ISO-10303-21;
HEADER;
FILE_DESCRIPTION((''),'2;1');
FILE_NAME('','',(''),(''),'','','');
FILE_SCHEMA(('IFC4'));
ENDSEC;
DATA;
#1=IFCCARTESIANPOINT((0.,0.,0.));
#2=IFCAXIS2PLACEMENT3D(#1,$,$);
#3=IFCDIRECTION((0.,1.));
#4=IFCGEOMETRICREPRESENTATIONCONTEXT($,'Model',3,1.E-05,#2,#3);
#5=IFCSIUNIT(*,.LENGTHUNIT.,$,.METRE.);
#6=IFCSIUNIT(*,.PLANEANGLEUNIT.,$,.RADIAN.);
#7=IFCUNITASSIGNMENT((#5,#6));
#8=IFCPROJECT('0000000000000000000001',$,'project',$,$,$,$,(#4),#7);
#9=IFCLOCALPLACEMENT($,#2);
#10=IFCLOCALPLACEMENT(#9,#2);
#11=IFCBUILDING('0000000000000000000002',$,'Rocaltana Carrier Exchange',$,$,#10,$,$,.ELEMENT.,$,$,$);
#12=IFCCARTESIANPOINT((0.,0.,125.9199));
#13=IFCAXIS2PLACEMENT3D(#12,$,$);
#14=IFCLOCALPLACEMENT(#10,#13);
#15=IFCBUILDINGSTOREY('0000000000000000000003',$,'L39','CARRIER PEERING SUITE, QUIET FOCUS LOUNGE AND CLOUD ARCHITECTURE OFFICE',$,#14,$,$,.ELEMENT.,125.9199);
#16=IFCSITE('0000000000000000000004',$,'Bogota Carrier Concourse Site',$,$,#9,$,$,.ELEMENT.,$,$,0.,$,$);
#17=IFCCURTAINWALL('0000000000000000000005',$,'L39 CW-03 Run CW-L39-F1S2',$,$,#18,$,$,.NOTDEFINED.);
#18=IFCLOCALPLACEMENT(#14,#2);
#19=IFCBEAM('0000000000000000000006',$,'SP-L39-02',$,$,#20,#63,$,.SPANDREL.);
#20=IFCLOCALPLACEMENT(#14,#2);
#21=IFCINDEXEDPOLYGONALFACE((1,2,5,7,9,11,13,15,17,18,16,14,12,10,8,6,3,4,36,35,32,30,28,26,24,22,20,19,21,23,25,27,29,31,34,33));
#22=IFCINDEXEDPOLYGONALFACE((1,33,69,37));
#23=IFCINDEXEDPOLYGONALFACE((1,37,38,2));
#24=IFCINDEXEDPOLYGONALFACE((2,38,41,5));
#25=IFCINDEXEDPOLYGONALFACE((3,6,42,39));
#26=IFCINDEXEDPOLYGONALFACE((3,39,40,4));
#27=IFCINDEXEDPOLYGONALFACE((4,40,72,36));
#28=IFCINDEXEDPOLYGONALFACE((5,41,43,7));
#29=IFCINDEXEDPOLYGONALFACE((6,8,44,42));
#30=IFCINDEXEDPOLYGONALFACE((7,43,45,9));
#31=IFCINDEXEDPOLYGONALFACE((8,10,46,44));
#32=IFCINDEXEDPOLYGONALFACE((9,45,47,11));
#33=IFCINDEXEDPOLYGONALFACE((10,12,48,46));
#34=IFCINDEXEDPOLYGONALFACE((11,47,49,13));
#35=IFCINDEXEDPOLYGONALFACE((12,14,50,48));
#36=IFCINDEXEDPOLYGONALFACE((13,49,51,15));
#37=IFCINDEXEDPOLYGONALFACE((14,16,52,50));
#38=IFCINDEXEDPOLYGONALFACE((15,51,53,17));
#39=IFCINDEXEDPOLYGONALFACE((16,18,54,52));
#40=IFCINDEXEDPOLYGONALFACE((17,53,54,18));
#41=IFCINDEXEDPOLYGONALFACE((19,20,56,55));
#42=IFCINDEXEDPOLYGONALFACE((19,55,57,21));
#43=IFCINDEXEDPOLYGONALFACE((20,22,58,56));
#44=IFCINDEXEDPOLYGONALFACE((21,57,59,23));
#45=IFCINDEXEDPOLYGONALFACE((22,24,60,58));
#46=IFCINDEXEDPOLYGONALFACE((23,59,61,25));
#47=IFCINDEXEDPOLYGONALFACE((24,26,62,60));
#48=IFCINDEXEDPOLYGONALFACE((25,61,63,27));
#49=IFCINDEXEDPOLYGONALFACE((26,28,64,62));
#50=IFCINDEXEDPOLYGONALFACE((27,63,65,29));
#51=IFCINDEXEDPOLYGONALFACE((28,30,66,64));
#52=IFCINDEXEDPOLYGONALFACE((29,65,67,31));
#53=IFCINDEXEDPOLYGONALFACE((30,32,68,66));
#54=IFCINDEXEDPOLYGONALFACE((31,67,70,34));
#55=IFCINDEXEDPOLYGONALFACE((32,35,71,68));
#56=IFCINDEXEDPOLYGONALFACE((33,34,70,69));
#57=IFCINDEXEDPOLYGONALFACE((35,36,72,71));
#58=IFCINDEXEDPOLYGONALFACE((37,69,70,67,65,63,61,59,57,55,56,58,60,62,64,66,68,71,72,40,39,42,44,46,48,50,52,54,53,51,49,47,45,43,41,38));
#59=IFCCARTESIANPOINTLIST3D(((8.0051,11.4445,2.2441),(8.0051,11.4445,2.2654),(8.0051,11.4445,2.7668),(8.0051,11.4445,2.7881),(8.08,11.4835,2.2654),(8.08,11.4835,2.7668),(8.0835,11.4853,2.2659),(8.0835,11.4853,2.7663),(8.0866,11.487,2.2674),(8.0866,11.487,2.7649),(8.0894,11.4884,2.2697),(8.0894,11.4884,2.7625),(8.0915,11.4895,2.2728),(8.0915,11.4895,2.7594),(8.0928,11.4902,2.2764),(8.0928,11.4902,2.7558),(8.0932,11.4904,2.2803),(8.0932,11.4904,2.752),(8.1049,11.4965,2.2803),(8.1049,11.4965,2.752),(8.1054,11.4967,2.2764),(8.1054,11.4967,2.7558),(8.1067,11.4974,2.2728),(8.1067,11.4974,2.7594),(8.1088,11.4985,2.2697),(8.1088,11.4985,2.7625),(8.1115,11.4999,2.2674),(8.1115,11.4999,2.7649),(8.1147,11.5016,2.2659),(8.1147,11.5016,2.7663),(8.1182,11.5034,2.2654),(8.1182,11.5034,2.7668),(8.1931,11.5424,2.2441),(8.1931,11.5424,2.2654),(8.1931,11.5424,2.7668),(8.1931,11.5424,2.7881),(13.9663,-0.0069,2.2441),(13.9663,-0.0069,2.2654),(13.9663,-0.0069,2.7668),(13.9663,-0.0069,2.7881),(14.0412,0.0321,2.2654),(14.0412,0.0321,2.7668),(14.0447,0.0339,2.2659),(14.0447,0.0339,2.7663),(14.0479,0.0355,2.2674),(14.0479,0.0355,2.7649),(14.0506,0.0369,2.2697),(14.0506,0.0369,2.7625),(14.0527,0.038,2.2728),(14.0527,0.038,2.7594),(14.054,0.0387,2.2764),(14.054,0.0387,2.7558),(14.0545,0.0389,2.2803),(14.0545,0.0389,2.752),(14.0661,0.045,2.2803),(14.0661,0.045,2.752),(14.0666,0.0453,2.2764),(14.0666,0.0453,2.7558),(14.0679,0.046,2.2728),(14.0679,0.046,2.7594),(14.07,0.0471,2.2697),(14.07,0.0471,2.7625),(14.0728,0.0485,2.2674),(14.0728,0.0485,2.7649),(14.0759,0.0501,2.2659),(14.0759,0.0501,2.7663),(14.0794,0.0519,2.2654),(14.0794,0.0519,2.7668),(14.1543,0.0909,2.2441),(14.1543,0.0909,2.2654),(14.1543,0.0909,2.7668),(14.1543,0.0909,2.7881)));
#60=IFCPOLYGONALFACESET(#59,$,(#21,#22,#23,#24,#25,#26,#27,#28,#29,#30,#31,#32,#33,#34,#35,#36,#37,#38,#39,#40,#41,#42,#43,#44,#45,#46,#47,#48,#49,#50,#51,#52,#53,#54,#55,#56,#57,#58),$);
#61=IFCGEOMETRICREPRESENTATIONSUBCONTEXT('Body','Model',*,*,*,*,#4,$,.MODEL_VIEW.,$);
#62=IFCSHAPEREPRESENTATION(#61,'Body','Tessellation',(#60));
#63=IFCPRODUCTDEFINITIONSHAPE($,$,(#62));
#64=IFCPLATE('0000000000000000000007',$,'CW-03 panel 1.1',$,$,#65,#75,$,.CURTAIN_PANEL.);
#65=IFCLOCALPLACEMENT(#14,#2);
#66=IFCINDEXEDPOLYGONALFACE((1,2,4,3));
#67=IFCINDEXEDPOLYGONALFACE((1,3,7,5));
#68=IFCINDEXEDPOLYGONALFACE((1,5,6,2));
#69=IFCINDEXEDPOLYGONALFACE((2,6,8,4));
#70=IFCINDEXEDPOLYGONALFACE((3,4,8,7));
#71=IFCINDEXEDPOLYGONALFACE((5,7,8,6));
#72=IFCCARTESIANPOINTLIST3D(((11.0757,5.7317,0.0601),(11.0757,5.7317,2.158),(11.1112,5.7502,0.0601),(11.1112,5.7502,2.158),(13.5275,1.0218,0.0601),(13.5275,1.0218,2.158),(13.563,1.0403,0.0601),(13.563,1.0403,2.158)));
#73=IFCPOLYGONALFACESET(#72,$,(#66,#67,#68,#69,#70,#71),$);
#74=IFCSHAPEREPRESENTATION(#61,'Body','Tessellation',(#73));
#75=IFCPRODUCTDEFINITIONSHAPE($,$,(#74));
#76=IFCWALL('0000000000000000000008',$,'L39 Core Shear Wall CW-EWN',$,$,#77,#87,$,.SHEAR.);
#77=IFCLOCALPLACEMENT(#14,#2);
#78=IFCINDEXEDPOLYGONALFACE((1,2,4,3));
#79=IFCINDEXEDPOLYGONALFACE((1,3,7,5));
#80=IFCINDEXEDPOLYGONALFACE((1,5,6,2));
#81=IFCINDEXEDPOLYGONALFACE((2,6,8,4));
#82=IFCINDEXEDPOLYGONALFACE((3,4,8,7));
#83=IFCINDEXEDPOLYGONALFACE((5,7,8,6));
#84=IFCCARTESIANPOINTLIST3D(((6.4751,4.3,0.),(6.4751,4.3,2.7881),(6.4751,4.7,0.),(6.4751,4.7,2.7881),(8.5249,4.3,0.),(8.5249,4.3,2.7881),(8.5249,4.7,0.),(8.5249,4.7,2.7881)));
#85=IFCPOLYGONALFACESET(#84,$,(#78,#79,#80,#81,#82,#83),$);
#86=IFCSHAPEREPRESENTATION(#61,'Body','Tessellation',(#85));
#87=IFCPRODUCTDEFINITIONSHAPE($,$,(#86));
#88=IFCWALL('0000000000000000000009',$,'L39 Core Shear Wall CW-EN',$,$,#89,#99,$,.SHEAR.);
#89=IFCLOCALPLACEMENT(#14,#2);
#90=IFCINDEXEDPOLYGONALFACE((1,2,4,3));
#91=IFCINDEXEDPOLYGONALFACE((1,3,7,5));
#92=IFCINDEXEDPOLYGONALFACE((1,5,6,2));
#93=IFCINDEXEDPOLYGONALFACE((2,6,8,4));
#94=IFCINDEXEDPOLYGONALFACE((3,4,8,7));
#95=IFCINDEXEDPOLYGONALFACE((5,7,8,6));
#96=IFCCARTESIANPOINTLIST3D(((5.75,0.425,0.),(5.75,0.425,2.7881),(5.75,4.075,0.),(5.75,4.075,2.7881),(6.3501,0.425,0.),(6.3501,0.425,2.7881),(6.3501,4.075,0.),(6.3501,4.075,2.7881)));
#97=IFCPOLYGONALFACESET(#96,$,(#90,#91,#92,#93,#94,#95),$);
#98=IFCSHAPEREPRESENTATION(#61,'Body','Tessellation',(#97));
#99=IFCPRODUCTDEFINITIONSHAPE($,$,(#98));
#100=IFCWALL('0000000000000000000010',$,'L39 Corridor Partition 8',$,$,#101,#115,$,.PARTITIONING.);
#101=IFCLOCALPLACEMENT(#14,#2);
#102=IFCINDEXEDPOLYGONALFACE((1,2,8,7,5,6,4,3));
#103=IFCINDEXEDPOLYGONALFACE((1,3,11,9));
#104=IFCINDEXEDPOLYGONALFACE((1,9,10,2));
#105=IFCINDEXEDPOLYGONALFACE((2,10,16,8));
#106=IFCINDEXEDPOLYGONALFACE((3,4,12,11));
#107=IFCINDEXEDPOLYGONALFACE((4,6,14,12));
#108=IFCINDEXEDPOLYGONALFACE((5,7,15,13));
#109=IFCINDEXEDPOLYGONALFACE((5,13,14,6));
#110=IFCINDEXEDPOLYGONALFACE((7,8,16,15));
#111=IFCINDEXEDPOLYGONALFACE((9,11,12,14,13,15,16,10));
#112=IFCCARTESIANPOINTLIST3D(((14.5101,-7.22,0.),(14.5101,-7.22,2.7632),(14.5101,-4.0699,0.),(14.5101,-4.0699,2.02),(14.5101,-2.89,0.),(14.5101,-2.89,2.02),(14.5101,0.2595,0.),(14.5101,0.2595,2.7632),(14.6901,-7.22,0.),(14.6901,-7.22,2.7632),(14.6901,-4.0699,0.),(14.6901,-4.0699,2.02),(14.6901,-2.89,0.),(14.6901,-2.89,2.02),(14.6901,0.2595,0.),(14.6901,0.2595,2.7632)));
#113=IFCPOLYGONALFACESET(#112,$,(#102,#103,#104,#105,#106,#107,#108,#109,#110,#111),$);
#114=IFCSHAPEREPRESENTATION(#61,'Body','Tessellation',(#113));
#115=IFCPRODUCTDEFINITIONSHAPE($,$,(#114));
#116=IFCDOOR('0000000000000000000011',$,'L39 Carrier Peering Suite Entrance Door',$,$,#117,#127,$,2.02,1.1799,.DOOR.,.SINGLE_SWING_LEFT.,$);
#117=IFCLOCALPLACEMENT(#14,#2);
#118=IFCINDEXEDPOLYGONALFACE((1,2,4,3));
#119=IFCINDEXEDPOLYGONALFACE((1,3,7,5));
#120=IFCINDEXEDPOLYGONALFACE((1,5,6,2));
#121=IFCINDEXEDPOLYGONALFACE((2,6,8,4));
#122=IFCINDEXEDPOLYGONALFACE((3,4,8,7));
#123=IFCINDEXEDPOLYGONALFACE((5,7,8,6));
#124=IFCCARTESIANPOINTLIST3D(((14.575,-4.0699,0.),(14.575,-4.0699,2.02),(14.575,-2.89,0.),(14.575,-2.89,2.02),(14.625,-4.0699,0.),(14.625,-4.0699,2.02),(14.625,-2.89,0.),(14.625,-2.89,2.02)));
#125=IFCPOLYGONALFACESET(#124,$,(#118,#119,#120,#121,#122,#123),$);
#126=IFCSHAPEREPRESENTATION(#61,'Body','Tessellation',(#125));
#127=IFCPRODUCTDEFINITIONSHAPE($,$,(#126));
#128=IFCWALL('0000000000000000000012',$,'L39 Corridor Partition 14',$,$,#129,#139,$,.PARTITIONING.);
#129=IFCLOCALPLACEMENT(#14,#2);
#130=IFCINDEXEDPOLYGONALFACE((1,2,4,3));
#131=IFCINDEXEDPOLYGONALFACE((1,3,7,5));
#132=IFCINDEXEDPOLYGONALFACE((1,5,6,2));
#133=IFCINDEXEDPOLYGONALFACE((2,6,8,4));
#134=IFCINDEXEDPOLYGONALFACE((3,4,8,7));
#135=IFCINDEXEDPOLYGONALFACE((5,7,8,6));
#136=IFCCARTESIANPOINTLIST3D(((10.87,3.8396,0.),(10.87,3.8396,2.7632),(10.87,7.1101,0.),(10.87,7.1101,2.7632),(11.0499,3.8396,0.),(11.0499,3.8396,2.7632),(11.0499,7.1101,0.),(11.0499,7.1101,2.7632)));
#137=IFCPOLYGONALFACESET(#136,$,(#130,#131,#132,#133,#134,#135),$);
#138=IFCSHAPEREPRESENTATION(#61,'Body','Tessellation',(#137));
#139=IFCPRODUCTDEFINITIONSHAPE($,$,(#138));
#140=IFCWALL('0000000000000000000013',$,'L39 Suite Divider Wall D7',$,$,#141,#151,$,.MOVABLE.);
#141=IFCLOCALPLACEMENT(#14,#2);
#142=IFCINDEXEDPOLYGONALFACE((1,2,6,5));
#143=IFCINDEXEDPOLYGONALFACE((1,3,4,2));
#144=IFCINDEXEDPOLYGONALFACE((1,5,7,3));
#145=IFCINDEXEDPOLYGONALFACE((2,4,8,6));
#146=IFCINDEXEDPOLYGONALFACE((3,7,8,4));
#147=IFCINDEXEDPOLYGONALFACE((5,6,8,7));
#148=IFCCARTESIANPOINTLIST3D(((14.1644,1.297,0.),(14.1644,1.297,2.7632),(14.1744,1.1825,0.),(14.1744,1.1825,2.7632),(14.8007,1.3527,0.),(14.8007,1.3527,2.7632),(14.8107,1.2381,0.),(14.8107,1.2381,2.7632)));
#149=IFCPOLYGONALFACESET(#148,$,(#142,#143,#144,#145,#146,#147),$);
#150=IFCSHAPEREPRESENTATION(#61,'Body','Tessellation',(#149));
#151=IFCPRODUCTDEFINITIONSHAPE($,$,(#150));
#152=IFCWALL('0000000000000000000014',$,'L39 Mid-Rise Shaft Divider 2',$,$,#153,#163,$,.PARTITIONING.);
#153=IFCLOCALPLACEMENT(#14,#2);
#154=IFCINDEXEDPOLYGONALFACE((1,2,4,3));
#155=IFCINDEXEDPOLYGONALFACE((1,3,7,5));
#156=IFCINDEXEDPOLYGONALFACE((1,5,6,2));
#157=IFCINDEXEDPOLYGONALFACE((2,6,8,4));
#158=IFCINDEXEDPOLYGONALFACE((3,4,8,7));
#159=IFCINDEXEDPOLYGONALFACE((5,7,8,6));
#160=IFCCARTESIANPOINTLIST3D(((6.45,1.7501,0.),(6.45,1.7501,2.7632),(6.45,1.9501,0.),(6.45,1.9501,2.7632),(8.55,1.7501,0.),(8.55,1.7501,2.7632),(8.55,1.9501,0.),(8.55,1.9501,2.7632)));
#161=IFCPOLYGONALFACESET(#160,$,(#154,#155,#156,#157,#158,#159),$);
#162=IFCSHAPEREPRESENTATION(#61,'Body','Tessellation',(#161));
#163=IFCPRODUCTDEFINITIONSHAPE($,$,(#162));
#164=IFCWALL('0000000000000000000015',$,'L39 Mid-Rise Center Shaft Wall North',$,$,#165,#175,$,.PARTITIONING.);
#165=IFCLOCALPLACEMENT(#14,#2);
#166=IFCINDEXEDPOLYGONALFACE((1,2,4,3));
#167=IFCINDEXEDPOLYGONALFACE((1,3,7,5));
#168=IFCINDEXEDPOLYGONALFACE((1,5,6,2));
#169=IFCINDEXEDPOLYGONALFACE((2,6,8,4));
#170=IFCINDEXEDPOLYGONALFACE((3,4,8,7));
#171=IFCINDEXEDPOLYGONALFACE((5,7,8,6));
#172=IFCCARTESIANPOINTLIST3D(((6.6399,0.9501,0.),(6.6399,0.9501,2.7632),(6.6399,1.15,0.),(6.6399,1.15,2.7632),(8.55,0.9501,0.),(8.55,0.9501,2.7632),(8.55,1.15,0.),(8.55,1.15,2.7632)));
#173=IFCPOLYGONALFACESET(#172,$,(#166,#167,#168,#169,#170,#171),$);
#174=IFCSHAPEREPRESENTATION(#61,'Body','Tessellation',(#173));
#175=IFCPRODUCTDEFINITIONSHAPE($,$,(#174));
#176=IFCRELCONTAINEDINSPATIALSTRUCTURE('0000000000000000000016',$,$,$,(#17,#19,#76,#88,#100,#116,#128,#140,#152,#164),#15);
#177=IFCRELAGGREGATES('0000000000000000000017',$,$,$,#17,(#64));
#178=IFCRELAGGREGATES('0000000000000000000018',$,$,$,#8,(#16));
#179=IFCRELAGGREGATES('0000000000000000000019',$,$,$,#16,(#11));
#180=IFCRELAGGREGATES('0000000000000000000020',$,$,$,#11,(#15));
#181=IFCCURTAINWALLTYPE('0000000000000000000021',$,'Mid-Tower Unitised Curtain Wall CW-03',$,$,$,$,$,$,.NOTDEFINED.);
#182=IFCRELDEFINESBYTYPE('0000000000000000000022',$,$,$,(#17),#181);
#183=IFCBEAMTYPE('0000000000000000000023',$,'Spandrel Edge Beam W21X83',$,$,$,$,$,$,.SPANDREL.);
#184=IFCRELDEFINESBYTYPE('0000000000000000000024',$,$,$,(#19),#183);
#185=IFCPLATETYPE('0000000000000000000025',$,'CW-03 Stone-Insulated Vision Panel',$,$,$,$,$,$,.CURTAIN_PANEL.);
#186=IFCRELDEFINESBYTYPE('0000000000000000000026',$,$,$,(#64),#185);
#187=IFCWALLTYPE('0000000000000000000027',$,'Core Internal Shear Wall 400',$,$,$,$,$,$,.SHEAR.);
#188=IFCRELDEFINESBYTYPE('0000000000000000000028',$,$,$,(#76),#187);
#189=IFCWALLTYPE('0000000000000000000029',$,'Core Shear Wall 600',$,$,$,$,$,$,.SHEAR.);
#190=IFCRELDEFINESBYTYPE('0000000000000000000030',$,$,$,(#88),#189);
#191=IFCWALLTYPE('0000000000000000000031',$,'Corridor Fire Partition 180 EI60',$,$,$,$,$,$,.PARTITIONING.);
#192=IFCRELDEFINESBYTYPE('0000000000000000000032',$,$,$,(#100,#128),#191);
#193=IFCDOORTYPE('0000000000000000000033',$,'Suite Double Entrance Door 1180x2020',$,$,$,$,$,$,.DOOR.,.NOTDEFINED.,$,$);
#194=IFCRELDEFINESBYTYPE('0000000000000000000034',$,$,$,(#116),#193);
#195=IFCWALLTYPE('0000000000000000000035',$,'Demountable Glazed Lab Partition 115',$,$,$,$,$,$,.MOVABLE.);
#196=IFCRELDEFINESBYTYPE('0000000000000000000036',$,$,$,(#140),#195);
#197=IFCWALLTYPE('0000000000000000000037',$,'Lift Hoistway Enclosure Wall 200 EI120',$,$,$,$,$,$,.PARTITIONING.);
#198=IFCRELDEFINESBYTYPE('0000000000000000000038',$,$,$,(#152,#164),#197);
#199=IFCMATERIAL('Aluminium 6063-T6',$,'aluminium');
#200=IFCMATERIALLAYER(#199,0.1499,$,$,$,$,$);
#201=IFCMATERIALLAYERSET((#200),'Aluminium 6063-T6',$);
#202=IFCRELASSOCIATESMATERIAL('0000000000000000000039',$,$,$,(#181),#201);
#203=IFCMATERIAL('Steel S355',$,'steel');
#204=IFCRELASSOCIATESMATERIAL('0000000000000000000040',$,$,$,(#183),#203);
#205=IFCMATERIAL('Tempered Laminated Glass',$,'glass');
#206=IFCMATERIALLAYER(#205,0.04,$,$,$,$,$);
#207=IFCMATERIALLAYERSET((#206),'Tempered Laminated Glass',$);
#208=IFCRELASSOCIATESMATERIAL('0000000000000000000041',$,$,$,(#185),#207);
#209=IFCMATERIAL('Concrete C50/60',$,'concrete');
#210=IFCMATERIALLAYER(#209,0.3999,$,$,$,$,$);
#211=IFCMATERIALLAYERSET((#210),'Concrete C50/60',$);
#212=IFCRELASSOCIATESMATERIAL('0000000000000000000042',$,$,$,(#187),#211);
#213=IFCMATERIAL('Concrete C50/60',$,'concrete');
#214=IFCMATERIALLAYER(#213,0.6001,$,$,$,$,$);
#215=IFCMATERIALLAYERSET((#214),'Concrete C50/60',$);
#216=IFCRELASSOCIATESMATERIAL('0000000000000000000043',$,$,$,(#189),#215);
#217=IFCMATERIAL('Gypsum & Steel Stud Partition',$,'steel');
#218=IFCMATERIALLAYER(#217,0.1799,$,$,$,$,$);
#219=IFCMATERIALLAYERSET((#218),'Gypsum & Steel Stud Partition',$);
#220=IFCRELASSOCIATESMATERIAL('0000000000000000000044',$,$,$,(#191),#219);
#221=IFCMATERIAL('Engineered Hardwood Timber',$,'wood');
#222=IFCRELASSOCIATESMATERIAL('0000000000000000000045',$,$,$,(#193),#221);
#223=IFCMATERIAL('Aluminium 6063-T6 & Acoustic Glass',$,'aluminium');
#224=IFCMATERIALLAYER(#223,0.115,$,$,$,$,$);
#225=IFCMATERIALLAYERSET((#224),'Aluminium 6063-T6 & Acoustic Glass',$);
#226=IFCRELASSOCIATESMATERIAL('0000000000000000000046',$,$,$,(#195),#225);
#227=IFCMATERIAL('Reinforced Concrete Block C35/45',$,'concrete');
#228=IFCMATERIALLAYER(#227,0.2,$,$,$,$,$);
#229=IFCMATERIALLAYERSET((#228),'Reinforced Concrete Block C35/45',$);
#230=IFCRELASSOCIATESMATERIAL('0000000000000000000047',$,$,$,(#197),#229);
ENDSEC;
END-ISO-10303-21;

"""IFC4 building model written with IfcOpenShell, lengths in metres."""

from ifc_helpers import new_model, si_unit, direction, frame, frame_2d, origin, origin_2d, place, context, subcontext, project, spatial, rectangle, i_section, extrude, material, layer, layer_set, material_profile, profile_set, type_object, element, fill, aggregate, save


model = new_model("IFC4")

# Units and contexts
model_context = context("Model", 3, precision=1e-05, world=origin(), true_north=direction((0.0, 1.0)))
body_context = subcontext(model_context, "Body", "Model", "MODEL_VIEW")
ifc_project = project(units=[si_unit("LENGTHUNIT", "METRE"), si_unit("PLANEANGLEUNIT", "RADIAN")], contexts=[model_context])

# Site, building, storey
site_placement = place(None, origin())
site = spatial("IfcSite", under=ifc_project, at=site_placement, Name="Bogota Carrier Concourse Site", CompositionType="ELEMENT", RefElevation=0.0)
building_placement = place(site_placement, origin())
building = spatial("IfcBuilding", under=site, at=building_placement, Name="Rocaltana Carrier Exchange", CompositionType="ELEMENT")
storey_placement = place(building_placement, frame((0.0, 0.0, 125.9199)))
storey = spatial("IfcBuildingStorey", under=building, at=storey_placement, Name="L39", Description="CARRIER PEERING SUITE, QUIET FOCUS LOUNGE AND CLOUD ARCHITECTURE OFFICE", CompositionType="ELEMENT", Elevation=125.9199)

# Curtain wall
ifc_material_1 = material(Name="Aluminium 6063-T6", Category="aluminium")
ifc_layer_1 = layer(ifc_material_1, 0.1499)
ifc_layer_set_1 = layer_set([ifc_layer_1], Name="Aluminium 6063-T6")
curtain_wall_type = type_object("IfcCurtainWallType", Name="Mid-Tower Unitised Curtain Wall CW-03", PredefinedType="NOTDEFINED", material=ifc_layer_set_1)
curtain_wall_placement = place(storey_placement, origin())
curtain_wall = element("IfcCurtainWall", 1, at=curtain_wall_placement, inside=storey, type_object=curtain_wall_type, Name="L39 CW-03 Run CW-L39-F1S2", PredefinedType="NOTDEFINED")

# Beam
ifc_material_2 = material(Name="Steel S355", Category="steel")
ifc_material_profile_1 = material_profile(ifc_material_2, i_section(OverallWidth=0.2119, OverallDepth=0.5439, WebThickness=0.0132, FlangeThickness=0.0212, FilletRadius=0.0149, at=origin_2d()), Name="W21X83")
ifc_profile_set_1 = profile_set([ifc_material_profile_1], Name="Steel S355")
beam_type_1 = type_object("IfcBeamType", Name="Spandrel Edge Beam W21X83", PredefinedType="SPANDREL", material=ifc_profile_set_1)
beam_1_placement = place(storey_placement, frame((14.0603, 0.042, 2.5161), z_axis=(-0.461746, 0.887012, 0.0), x_axis=(-0.887012, -0.461746, 0.0)))
element("IfcBeam", 2, at=beam_1_placement, inside=storey, type_object=beam_type_1, Name="SP-L39-02", PredefinedType="SPANDREL", context=body_context, shape_type="SweptSolid", body=[
    extrude(i_section(OverallWidth=0.2119, OverallDepth=0.5439, WebThickness=0.0132, FlangeThickness=0.0212, FilletRadius=0.0149, at=origin_2d()), origin(), (0.0, 0.0, 1.0), 12.9102),
])

# Plate
ifc_material_3 = material(Name="Tempered Laminated Glass", Category="glass")
ifc_layer_2 = layer(ifc_material_3, 0.04)
ifc_layer_set_2 = layer_set([ifc_layer_2], Name="Tempered Laminated Glass")
plate_type = type_object("IfcPlateType", Name="CW-03 Stone-Insulated Vision Panel", PredefinedType="CURTAIN_PANEL", material=ifc_layer_set_2)
plate_placement = place(storey_placement, frame((12.3193, 3.386, 0.0601), z_axis=(0.0, 0.0, 1.0), x_axis=(-0.461747, 0.887012, 0.0)))
plate = element("IfcPlate", 3, at=plate_placement, type_object=plate_type, Name="CW-03 panel 1.1", PredefinedType="CURTAIN_PANEL", context=body_context, shape_type="SweptSolid", body=[
    extrude(rectangle(XDim=5.3098, YDim=0.04, at=origin_2d()), origin(), (0.0, 0.0, 1.0), 2.0979),
])
aggregate(curtain_wall, [plate])

# Walls
ifc_material_4 = material(Name="Concrete C50/60", Category="concrete")
ifc_layer_3 = layer(ifc_material_4, 0.3999)
ifc_layer_set_3 = layer_set([ifc_layer_3], Name="Concrete C50/60")
wall_type_1 = type_object("IfcWallType", Name="Core Internal Shear Wall 400", PredefinedType="SHEAR", material=ifc_layer_set_3)
wall_1_placement = place(storey_placement, frame((6.4751, 4.5, 0.0), z_axis=(0.0, 0.0, 1.0), x_axis=(1.0, 0.0, 0.0)))
element("IfcWall", 4, at=wall_1_placement, inside=storey, type_object=wall_type_1, Name="L39 Core Shear Wall CW-EWN", PredefinedType="SHEAR", context=body_context, shape_type="SweptSolid", body=[
    extrude(rectangle(XDim=2.0498, YDim=0.3999, at=frame_2d((1.0249, 0.0))), origin(), (0.0, 0.0, 1.0), 2.7881),
])
ifc_material_5 = material(Name="Concrete C50/60", Category="concrete")
ifc_layer_4 = layer(ifc_material_5, 0.6001)
ifc_layer_set_4 = layer_set([ifc_layer_4], Name="Concrete C50/60")
wall_type_2 = type_object("IfcWallType", Name="Core Shear Wall 600", PredefinedType="SHEAR", material=ifc_layer_set_4)
wall_2_placement = place(storey_placement, frame((6.05, 0.425, 0.0), z_axis=(0.0, 0.0, 1.0), x_axis=(0.0, 1.0, 0.0)))
element("IfcWall", 5, at=wall_2_placement, inside=storey, type_object=wall_type_2, Name="L39 Core Shear Wall CW-EN", PredefinedType="SHEAR", context=body_context, shape_type="SweptSolid", body=[
    extrude(rectangle(XDim=3.6499, YDim=0.6001, at=frame_2d((1.825, 0.0))), origin(), (0.0, 0.0, 1.0), 2.7881),
])

# Wall, opening, door
ifc_material_6 = material(Name="Gypsum & Steel Stud Partition", Category="steel")
ifc_layer_5 = layer(ifc_material_6, 0.1799)
ifc_layer_set_5 = layer_set([ifc_layer_5], Name="Gypsum & Steel Stud Partition")
wall_type_3 = type_object("IfcWallType", Name="Corridor Fire Partition 180 EI60", PredefinedType="PARTITIONING", material=ifc_layer_set_5)
wall_3_placement = place(storey_placement, frame((14.6001, 0.2595, 0.0), z_axis=(0.0, 0.0, 1.0), x_axis=(0.0, -1.0, 0.0)))
wall_3 = element("IfcWall", 6, at=wall_3_placement, inside=storey, type_object=wall_type_3, Name="L39 Corridor Partition 8", PredefinedType="PARTITIONING", context=body_context, shape_type="SweptSolid", body=[
    extrude(rectangle(XDim=7.4795, YDim=0.1799, at=frame_2d((3.7397, 0.0))), origin(), (0.0, 0.0, 1.0), 2.7632),
])
opening_placement = place(wall_3_placement, frame((3.1497, 0.0, 0.0)))
opening = element("IfcOpeningElement", 7, at=opening_placement, cuts=wall_3, PredefinedType="OPENING", context=body_context, shape_type="SweptSolid", body=[
    extrude(rectangle(XDim=1.1799, YDim=2.02, at=frame_2d((0.5898, 1.01))), frame((0.0, 0.0999, 0.0), z_axis=(0.0, -1.0, 0.0), x_axis=(1.0, 0.0, 0.0)), (0.0, 0.0, 1.0), 0.2),
])
ifc_material_7 = material(Name="Engineered Hardwood Timber", Category="wood")
door_type = type_object("IfcDoorType", Name="Suite Double Entrance Door 1180x2020", OperationType="NOTDEFINED", PredefinedType="DOOR", material=ifc_material_7)
door_placement = place(opening_placement, origin())
door = element("IfcDoor", 8, at=door_placement, inside=storey, type_object=door_type, Name="L39 Carrier Peering Suite Entrance Door", OperationType="SINGLE_SWING_LEFT", OverallHeight=2.02, OverallWidth=1.1799, PredefinedType="DOOR", context=body_context, shape_type="SweptSolid", body=[
    extrude(rectangle(XDim=1.1799, YDim=2.02, at=frame_2d((0.5898, 1.01))), frame((0.0, 0.0249, 0.0), z_axis=(0.0, -1.0, 0.0), x_axis=(1.0, 0.0, 0.0)), (0.0, 0.0, 1.0), 0.05),
])
fill(opening, door)

# Walls
wall_4_placement = place(storey_placement, frame((10.96, 3.8396, 0.0), z_axis=(0.0, 0.0, 1.0), x_axis=(0.0, 1.0, 0.0)))
element("IfcWall", 9, at=wall_4_placement, inside=storey, type_object=wall_type_3, Name="L39 Corridor Partition 14", PredefinedType="PARTITIONING", context=body_context, shape_type="SweptSolid", body=[
    extrude(rectangle(XDim=3.2705, YDim=0.1799, at=frame_2d((1.6353, 0.0))), origin(), (0.0, 0.0, 1.0), 2.7632),
])
ifc_material_8 = material(Name="Aluminium 6063-T6 & Acoustic Glass", Category="aluminium")
ifc_layer_6 = layer(ifc_material_8, 0.115)
ifc_layer_set_6 = layer_set([ifc_layer_6], Name="Aluminium 6063-T6 & Acoustic Glass")
wall_type_4 = type_object("IfcWallType", Name="Demountable Glazed Lab Partition 115", PredefinedType="MOVABLE", material=ifc_layer_set_6)
wall_5_placement = place(storey_placement, frame((14.1694, 1.2397, 0.0), z_axis=(0.0, 0.0, 1.0), x_axis=(0.996195, 0.087157, 0.0)))
element("IfcWall", 10, at=wall_5_placement, inside=storey, type_object=wall_type_4, Name="L39 Suite Divider Wall D7", PredefinedType="MOVABLE", context=body_context, shape_type="SweptSolid", body=[
    extrude(rectangle(XDim=0.6387, YDim=0.115, at=frame_2d((0.3193, 0.0))), origin(), (0.0, 0.0, 1.0), 2.7632),
])
ifc_material_9 = material(Name="Reinforced Concrete Block C35/45", Category="concrete")
ifc_layer_7 = layer(ifc_material_9, 0.2)
ifc_layer_set_7 = layer_set([ifc_layer_7], Name="Reinforced Concrete Block C35/45")
wall_type_5 = type_object("IfcWallType", Name="Lift Hoistway Enclosure Wall 200 EI120", PredefinedType="PARTITIONING", material=ifc_layer_set_7)
wall_6_placement = place(storey_placement, frame((6.45, 1.8501, 0.0), z_axis=(0.0, 0.0, 1.0), x_axis=(1.0, 0.0, 0.0)))
element("IfcWall", 11, at=wall_6_placement, inside=storey, type_object=wall_type_5, Name="L39 Mid-Rise Shaft Divider 2", PredefinedType="PARTITIONING", context=body_context, shape_type="SweptSolid", body=[
    extrude(rectangle(XDim=2.1001, YDim=0.2, at=frame_2d((1.05, 0.0))), origin(), (0.0, 0.0, 1.0), 2.7632),
])
wall_7_placement = place(storey_placement, frame((6.6399, 1.05, 0.0), z_axis=(0.0, 0.0, 1.0), x_axis=(1.0, 0.0, 0.0)))
element("IfcWall", 12, at=wall_7_placement, inside=storey, type_object=wall_type_5, Name="L39 Mid-Rise Center Shaft Wall North", PredefinedType="PARTITIONING", context=body_context, shape_type="SweptSolid", body=[
    extrude(rectangle(XDim=1.9102, YDim=0.2, at=frame_2d((0.9551, 0.0))), origin(), (0.0, 0.0, 1.0), 2.7632),
])

save(model, "model.ifc")
